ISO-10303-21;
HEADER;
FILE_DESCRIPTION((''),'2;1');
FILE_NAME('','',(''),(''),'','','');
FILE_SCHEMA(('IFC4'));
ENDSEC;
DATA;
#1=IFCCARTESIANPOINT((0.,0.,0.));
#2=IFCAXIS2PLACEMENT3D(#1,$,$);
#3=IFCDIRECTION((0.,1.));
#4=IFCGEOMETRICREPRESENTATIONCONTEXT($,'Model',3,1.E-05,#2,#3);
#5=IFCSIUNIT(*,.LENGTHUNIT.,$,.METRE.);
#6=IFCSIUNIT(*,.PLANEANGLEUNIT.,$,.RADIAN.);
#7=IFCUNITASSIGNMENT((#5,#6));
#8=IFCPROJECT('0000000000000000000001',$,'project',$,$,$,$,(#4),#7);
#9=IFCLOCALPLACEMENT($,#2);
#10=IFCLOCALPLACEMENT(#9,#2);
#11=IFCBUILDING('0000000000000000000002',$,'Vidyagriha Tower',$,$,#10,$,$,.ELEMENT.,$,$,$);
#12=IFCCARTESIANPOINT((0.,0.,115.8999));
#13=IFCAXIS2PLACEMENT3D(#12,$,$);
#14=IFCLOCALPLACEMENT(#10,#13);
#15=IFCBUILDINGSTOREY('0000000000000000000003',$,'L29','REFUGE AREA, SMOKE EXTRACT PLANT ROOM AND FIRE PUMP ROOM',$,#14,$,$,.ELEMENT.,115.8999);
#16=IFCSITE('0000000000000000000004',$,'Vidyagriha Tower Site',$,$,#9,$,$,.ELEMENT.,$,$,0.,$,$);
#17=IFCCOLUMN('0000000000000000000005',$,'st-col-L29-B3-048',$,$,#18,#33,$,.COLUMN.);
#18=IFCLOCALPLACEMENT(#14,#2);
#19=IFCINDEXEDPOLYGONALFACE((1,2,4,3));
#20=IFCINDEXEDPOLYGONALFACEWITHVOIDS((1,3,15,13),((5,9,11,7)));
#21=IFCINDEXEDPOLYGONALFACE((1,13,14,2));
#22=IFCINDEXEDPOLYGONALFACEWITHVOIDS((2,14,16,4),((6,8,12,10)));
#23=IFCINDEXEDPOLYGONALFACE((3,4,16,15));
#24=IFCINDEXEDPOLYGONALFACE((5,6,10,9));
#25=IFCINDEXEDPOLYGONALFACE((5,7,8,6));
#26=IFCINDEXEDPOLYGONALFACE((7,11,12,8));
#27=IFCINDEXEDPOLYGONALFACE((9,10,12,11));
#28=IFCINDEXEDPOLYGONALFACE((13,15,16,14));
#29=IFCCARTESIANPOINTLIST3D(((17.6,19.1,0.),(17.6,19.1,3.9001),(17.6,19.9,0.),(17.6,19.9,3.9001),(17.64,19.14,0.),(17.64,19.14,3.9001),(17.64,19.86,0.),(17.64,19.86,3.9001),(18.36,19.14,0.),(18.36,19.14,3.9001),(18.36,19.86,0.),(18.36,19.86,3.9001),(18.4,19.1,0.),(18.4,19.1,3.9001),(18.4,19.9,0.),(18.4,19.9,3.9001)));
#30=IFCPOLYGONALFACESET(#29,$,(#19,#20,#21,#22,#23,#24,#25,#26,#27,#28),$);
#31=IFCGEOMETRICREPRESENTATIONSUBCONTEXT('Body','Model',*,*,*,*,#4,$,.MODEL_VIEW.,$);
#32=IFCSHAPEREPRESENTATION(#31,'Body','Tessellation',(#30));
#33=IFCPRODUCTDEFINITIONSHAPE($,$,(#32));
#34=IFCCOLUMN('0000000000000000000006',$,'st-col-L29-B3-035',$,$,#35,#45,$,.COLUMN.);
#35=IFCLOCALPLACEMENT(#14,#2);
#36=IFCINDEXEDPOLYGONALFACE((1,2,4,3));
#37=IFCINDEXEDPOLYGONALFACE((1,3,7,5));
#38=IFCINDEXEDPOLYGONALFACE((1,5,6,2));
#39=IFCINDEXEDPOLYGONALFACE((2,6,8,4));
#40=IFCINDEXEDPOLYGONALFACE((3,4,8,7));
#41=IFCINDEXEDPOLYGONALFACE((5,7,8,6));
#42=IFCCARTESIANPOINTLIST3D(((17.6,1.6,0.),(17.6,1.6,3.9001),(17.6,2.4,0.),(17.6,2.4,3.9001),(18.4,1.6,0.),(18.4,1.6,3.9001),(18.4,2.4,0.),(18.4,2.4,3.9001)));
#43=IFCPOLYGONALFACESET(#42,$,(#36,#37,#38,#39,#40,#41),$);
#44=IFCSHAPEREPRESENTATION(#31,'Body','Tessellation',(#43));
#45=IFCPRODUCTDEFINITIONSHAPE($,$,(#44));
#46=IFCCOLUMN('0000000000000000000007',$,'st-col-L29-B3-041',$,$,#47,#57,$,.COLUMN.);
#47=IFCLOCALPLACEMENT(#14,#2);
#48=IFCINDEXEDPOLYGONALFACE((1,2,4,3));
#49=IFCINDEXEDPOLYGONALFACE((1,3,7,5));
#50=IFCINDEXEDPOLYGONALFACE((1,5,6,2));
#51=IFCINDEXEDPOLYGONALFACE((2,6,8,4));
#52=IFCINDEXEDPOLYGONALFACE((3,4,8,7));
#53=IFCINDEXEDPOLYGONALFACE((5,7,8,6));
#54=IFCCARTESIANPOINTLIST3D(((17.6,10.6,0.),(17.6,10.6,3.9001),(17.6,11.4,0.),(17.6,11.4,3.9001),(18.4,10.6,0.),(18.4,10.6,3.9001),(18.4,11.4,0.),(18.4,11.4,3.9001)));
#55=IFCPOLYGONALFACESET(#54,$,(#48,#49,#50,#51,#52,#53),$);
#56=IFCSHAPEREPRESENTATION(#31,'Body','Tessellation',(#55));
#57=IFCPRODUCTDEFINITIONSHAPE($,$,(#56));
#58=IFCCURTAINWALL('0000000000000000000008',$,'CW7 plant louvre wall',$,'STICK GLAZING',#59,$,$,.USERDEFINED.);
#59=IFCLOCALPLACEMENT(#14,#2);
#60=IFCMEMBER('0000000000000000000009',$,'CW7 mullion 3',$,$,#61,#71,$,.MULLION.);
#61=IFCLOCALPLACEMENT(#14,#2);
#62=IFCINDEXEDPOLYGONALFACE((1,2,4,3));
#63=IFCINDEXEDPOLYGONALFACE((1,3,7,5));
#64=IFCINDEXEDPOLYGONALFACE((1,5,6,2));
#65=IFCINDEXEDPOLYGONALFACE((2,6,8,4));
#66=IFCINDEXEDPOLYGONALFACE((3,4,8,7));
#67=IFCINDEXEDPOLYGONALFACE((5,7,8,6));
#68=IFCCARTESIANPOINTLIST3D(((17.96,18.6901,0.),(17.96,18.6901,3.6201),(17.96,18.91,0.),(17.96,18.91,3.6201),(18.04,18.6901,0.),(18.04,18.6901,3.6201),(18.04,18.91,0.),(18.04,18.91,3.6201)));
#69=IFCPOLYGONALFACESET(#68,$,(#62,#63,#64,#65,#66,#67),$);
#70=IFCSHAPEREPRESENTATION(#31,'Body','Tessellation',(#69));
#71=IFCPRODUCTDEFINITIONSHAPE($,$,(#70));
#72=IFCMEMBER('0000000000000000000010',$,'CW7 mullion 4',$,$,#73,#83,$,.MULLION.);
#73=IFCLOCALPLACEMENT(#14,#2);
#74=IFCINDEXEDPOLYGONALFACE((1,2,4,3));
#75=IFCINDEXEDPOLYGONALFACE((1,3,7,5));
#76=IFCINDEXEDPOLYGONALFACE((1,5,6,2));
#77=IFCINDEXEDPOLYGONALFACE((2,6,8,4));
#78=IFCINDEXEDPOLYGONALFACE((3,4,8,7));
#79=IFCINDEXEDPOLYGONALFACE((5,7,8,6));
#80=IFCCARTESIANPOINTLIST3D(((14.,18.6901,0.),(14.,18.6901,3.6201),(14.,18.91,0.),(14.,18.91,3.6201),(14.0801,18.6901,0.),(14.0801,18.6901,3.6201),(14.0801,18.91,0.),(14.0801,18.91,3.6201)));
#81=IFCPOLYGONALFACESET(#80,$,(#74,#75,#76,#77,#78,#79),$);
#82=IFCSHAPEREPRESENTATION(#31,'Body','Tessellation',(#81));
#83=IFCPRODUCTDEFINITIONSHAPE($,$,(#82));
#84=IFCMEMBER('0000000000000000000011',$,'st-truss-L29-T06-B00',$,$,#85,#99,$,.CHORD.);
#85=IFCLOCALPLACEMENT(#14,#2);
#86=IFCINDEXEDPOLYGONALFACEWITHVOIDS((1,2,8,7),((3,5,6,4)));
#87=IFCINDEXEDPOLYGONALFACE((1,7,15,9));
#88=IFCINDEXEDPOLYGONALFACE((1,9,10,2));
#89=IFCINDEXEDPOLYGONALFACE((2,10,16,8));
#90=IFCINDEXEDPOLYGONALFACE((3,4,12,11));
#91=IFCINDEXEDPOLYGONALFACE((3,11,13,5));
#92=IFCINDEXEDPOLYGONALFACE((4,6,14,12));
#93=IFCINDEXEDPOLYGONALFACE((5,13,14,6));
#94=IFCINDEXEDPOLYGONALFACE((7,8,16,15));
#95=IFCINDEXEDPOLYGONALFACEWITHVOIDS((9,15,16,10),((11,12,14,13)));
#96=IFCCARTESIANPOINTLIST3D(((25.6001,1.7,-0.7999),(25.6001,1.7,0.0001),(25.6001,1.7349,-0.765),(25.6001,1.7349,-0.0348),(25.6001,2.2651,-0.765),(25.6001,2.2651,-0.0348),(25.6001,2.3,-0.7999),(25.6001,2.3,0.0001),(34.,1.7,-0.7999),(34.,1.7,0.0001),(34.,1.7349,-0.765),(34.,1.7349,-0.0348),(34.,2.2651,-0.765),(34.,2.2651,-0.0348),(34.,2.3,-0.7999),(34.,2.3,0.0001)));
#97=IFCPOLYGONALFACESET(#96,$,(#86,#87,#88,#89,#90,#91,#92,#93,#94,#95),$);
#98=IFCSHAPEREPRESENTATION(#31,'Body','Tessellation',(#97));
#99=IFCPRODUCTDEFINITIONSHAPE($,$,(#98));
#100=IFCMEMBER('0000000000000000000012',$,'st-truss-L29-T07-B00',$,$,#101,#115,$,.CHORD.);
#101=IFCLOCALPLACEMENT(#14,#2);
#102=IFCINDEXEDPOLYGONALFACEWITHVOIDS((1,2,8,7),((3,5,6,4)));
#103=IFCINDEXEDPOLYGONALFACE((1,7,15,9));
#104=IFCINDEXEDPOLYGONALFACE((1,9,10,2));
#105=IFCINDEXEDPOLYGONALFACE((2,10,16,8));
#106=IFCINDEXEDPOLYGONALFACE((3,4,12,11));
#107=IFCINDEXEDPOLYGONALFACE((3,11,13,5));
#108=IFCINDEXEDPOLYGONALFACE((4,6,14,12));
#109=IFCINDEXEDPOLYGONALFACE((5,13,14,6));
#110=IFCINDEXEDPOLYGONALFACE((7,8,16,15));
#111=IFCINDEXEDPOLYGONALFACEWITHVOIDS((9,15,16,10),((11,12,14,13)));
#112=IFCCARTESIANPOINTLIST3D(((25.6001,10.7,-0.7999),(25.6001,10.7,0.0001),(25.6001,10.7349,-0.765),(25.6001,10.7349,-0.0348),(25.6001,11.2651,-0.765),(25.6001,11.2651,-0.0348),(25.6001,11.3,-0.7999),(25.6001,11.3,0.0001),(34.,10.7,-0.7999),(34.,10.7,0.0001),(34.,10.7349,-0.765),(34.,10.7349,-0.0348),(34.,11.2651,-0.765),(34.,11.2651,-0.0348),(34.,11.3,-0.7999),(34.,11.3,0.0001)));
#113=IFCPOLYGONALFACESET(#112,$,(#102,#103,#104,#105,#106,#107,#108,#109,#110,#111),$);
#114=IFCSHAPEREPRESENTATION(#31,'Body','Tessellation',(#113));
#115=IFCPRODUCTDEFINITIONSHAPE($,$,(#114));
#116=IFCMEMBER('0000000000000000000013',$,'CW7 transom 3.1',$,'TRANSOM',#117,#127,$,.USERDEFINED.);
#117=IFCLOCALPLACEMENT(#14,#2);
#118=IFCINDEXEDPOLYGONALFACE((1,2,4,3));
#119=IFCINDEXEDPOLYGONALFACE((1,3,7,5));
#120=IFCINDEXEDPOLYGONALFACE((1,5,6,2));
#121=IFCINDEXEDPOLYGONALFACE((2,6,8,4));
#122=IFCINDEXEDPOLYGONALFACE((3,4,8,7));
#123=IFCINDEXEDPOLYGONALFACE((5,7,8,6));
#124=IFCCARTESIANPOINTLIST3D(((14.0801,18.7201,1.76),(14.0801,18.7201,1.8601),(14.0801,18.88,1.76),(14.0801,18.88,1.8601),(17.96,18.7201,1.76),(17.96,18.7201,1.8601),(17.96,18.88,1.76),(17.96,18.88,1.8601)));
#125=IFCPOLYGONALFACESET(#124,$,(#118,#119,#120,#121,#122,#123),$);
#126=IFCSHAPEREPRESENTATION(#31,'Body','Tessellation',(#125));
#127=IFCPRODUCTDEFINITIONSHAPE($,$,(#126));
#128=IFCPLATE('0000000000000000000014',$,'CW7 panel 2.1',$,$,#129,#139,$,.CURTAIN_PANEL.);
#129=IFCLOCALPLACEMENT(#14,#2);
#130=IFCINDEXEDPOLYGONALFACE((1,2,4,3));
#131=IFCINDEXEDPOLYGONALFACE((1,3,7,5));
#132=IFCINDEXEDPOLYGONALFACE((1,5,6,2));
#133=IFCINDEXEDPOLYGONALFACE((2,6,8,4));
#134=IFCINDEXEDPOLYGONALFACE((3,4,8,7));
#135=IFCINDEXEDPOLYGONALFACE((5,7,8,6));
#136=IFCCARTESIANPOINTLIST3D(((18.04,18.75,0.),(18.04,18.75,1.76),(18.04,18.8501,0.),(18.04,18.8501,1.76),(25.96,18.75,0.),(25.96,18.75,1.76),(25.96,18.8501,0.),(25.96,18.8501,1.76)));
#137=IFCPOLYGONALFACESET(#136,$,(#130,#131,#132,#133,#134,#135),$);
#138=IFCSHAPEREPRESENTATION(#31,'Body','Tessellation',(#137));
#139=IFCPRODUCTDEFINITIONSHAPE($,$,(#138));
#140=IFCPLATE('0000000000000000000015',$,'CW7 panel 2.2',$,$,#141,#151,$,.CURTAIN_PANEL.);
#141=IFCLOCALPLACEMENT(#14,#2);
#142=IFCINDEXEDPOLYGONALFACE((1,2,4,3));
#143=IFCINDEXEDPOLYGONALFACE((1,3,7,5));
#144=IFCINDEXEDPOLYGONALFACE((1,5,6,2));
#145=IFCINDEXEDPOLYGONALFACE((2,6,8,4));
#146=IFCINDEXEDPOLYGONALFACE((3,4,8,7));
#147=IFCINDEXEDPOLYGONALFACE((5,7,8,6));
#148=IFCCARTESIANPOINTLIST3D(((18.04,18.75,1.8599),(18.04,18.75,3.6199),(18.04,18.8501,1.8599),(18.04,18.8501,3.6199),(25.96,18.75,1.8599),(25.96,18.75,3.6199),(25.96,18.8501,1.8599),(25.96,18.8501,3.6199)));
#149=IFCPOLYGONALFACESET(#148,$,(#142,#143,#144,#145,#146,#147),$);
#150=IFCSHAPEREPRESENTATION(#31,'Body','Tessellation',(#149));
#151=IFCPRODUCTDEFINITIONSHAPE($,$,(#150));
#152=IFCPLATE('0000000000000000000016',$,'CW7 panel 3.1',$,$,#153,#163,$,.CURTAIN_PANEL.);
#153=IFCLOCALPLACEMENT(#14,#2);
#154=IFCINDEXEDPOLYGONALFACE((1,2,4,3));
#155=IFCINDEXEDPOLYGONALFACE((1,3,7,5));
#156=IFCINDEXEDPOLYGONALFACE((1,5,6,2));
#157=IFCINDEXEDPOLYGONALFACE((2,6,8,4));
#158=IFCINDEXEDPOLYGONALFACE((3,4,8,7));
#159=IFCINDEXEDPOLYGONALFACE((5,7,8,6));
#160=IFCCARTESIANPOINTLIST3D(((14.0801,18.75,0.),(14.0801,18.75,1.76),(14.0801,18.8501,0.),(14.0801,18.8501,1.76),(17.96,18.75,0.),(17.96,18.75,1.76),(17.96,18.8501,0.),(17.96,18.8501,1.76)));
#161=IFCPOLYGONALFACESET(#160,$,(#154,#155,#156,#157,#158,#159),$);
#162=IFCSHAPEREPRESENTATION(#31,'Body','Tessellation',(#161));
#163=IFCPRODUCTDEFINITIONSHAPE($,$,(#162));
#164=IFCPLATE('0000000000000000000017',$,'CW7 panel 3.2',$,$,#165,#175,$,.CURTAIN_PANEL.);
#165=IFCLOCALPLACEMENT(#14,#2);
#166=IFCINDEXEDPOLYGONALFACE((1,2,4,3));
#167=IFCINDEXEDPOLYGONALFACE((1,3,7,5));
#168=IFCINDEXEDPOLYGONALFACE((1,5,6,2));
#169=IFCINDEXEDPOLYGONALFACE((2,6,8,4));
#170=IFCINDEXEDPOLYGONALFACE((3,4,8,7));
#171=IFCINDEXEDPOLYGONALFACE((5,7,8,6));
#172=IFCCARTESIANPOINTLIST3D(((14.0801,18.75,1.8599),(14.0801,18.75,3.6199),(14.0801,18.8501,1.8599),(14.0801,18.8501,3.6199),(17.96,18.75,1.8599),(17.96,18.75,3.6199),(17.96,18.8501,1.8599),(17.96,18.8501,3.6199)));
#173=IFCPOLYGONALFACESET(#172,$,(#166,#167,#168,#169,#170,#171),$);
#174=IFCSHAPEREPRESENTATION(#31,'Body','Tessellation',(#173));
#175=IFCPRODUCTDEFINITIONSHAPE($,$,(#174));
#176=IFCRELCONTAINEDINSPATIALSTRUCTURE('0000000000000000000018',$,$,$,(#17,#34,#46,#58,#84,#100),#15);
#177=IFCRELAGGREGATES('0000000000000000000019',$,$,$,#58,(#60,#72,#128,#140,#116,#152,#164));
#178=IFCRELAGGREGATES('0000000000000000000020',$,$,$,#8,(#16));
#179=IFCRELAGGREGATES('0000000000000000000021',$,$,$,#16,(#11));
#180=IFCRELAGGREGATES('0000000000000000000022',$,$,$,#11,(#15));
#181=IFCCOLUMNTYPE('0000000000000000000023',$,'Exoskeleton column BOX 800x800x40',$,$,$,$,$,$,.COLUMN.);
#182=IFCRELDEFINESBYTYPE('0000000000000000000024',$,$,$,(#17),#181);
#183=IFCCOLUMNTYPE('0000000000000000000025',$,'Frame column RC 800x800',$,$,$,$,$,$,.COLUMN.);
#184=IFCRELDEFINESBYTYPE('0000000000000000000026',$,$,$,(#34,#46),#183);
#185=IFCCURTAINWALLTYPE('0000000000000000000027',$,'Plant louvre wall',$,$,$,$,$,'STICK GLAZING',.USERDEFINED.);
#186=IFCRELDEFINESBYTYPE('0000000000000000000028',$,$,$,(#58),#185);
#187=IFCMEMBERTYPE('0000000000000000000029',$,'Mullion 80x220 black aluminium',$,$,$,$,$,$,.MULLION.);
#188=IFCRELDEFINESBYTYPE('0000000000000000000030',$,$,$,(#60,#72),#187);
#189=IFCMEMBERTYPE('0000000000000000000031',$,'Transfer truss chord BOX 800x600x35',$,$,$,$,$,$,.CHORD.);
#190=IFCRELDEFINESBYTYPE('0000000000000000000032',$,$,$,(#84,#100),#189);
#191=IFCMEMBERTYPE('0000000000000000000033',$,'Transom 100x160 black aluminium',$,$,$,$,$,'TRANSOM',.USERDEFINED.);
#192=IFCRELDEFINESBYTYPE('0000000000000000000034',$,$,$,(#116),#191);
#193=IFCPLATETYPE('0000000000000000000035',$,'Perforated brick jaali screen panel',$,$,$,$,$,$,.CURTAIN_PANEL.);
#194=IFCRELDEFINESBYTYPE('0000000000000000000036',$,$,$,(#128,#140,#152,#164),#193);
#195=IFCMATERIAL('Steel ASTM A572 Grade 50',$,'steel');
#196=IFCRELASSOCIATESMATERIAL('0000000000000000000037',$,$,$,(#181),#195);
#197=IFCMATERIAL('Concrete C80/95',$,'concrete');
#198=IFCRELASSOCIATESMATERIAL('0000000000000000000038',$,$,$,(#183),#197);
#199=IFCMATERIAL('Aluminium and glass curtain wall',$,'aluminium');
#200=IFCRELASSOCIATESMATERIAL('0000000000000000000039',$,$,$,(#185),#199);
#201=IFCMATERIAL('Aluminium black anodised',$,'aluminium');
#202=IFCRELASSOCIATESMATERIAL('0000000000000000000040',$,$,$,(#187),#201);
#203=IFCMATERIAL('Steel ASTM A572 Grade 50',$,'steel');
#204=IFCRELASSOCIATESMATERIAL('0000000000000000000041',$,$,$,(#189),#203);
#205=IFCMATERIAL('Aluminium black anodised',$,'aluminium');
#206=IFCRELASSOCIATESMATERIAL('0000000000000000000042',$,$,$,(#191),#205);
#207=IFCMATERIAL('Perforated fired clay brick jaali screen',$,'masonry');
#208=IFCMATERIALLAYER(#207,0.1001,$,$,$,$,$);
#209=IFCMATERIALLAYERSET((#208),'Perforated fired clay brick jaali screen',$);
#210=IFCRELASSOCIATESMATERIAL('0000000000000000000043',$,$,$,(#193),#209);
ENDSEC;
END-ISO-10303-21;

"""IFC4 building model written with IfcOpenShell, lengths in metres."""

from ifc_helpers import new_model, si_unit, direction, frame, origin, origin_2d, place, context, subcontext, project, spatial, rectangle, hollow_rectangle, extrude, material, layer, layer_set, material_profile, profile_set, type_object, element, aggregate, save


model = new_model("IFC4")

# Units and contexts
model_context = context("Model", 3, precision=1e-05, world=origin(), true_north=direction((0.0, 1.0)))
body_context = subcontext(model_context, "Body", "Model", "MODEL_VIEW")
ifc_project = project(units=[si_unit("LENGTHUNIT", "METRE"), si_unit("PLANEANGLEUNIT", "RADIAN")], contexts=[model_context])

# Site, building, storey
site_placement = place(None, origin())
site = spatial("IfcSite", under=ifc_project, at=site_placement, Name="Vidyagriha Tower Site", CompositionType="ELEMENT", RefElevation=0.0)
building_placement = place(site_placement, origin())
building = spatial("IfcBuilding", under=site, at=building_placement, Name="Vidyagriha Tower", CompositionType="ELEMENT")
storey_placement = place(building_placement, frame((0.0, 0.0, 115.8999)))
storey = spatial("IfcBuildingStorey", under=building, at=storey_placement, Name="L29", Description="REFUGE AREA, SMOKE EXTRACT PLANT ROOM AND FIRE PUMP ROOM", CompositionType="ELEMENT", Elevation=115.8999)

# Columns
ifc_material_1 = material(Name="Steel ASTM A572 Grade 50", Category="steel")
ifc_material_profile_1 = material_profile(ifc_material_1, hollow_rectangle(XDim=0.8, YDim=0.8, WallThickness=0.04, at=origin_2d()), Name="BOX 800x800x40")
ifc_profile_set_1 = profile_set([ifc_material_profile_1], Name="Steel ASTM A572 Grade 50")
column_type_1 = type_object("IfcColumnType", Name="Exoskeleton column BOX 800x800x40", PredefinedType="COLUMN", material=ifc_profile_set_1)
column_placement = place(storey_placement, frame((18.0, 19.5, 0.0)))
element("IfcColumn", 1, at=column_placement, inside=storey, type_object=column_type_1, Name="st-col-L29-B3-048", PredefinedType="COLUMN", context=body_context, shape_type="SweptSolid", body=[
    extrude(hollow_rectangle(XDim=0.8, YDim=0.8, WallThickness=0.04, at=origin_2d()), origin(), (0.0, 0.0, 1.0), 3.9001),
])
ifc_material_2 = material(Name="Concrete C80/95", Category="concrete")
ifc_material_profile_2 = material_profile(ifc_material_2, rectangle(XDim=0.8, YDim=0.8, at=origin_2d()), Name="RC 800x800")
ifc_profile_set_2 = profile_set([ifc_material_profile_2], Name="Concrete C80/95")
column_type_2 = type_object("IfcColumnType", Name="Frame column RC 800x800", PredefinedType="COLUMN", material=ifc_profile_set_2)
for number, where, name in (
    (2, (18.0, 2.0, 0.0), "st-col-L29-B3-035"),
    (3, (18.0, 11.0, 0.0), "st-col-L29-B3-041"),
):
    element("IfcColumn", number, at=place(storey_placement, frame(where)), inside=storey, type_object=column_type_2, Name=name, PredefinedType="COLUMN", context=body_context, shape_type="SweptSolid", body=[
        extrude(rectangle(XDim=0.8, YDim=0.8, at=origin_2d()), origin(), (0.0, 0.0, 1.0), 3.9001),
    ])

# Curtain wall, members
ifc_material_3 = material(Name="Aluminium and glass curtain wall", Category="aluminium")
curtain_wall_type = type_object("IfcCurtainWallType", Name="Plant louvre wall", ElementType="STICK GLAZING", PredefinedType="USERDEFINED", material=ifc_material_3)
curtain_wall_placement = place(storey_placement, origin())
curtain_wall = element("IfcCurtainWall", 4, at=curtain_wall_placement, inside=storey, type_object=curtain_wall_type, Name="CW7 plant louvre wall", ObjectType="STICK GLAZING", PredefinedType="USERDEFINED")
ifc_material_4 = material(Name="Aluminium black anodised", Category="aluminium")
ifc_material_profile_3 = material_profile(ifc_material_4, rectangle(XDim=0.22, YDim=0.0801, at=origin_2d()), Name="Mullion 80x220 black aluminium")
ifc_profile_set_3 = profile_set([ifc_material_profile_3], Name="Aluminium black anodised")
member_type_1 = type_object("IfcMemberType", Name="Mullion 80x220 black aluminium", PredefinedType="MULLION", material=ifc_profile_set_3)
member_1_placement = place(storey_placement, frame((18.0, 18.8, 0.0), z_axis=(0.0, 0.0, 1.0), x_axis=(0.0, -1.0, 0.0)))
member_1 = element("IfcMember", 5, at=member_1_placement, type_object=member_type_1, Name="CW7 mullion 3", PredefinedType="MULLION", context=body_context, shape_type="SweptSolid", body=[
    extrude(rectangle(XDim=0.22, YDim=0.0801, at=origin_2d()), origin(), (0.0, 0.0, 1.0), 3.6201),
])
member_2_placement = place(storey_placement, frame((14.04, 18.8, 0.0), z_axis=(0.0, 0.0, 1.0), x_axis=(0.0, -1.0, 0.0)))
member_2 = element("IfcMember", 6, at=member_2_placement, type_object=member_type_1, Name="CW7 mullion 4", PredefinedType="MULLION", context=body_context, shape_type="SweptSolid", body=[
    extrude(rectangle(XDim=0.22, YDim=0.0801, at=origin_2d()), origin(), (0.0, 0.0, 1.0), 3.6201),
])

# Members
ifc_material_5 = material(Name="Steel ASTM A572 Grade 50", Category="steel")
ifc_material_profile_4 = material_profile(ifc_material_5, hollow_rectangle(XDim=0.6001, YDim=0.8, WallThickness=0.0349, at=origin_2d()), Name="BOX 800x600x35")
ifc_profile_set_4 = profile_set([ifc_material_profile_4], Name="Steel ASTM A572 Grade 50")
member_type_2 = type_object("IfcMemberType", Name="Transfer truss chord BOX 800x600x35", PredefinedType="CHORD", material=ifc_profile_set_4)
for number, where, z_axis, x_axis, name in (
    (7, (25.6001, 2.0, -0.3999), (1.0, 0.0, 0.0), (0.0, 1.0, 0.0), "st-truss-L29-T06-B00"),
    (8, (25.6001, 11.0, -0.3999), (1.0, 0.0, 0.0), (0.0, 1.0, 0.0), "st-truss-L29-T07-B00"),
):
    element("IfcMember", number, at=place(storey_placement, frame(where, z_axis=z_axis, x_axis=x_axis)), inside=storey, type_object=member_type_2, Name=name, PredefinedType="CHORD", context=body_context, shape_type="SweptSolid", body=[
        extrude(hollow_rectangle(XDim=0.6001, YDim=0.8, WallThickness=0.0349, at=origin_2d()), origin(), (0.0, 0.0, 1.0), 8.3999),
    ])

# Member
ifc_material_6 = material(Name="Aluminium black anodised", Category="aluminium")
ifc_material_profile_5 = material_profile(ifc_material_6, rectangle(XDim=0.1599, YDim=0.1001, at=origin_2d()), Name="Transom 100x160 black aluminium")
ifc_profile_set_5 = profile_set([ifc_material_profile_5], Name="Aluminium black anodised")
member_type_3 = type_object("IfcMemberType", Name="Transom 100x160 black aluminium", ElementType="TRANSOM", PredefinedType="USERDEFINED", material=ifc_profile_set_5)
member_3_placement = place(storey_placement, frame((17.96, 18.8, 1.8101), z_axis=(-1.0, 0.0, 0.0), x_axis=(0.0, -1.0, 0.0)))
member_3 = element("IfcMember", 9, at=member_3_placement, type_object=member_type_3, Name="CW7 transom 3.1", ObjectType="TRANSOM", PredefinedType="USERDEFINED", context=body_context, shape_type="SweptSolid", body=[
    extrude(rectangle(XDim=0.1599, YDim=0.1001, at=origin_2d()), origin(), (0.0, 0.0, 1.0), 3.8799),
])

# Plates
ifc_material_7 = material(Name="Perforated fired clay brick jaali screen", Category="masonry")
ifc_layer_1 = layer(ifc_material_7, 0.1001)
ifc_layer_set_1 = layer_set([ifc_layer_1], Name="Perforated fired clay brick jaali screen")
plate_type = type_object("IfcPlateType", Name="Perforated brick jaali screen panel", PredefinedType="CURTAIN_PANEL", material=ifc_layer_set_1)
plate_1_placement = place(storey_placement, frame((22.0, 18.8, 0.0), z_axis=(0.0, 0.0, 1.0), x_axis=(-1.0, 0.0, 0.0)))
plate_1 = element("IfcPlate", 10, at=plate_1_placement, type_object=plate_type, Name="CW7 panel 2.1", PredefinedType="CURTAIN_PANEL", context=body_context, shape_type="SweptSolid", body=[
    extrude(rectangle(XDim=7.9199, YDim=0.1001, at=origin_2d()), origin(), (0.0, 0.0, 1.0), 1.76),
])
plate_2_placement = place(storey_placement, frame((22.0, 18.8, 1.8599), z_axis=(0.0, 0.0, 1.0), x_axis=(-1.0, 0.0, 0.0)))
plate_2 = element("IfcPlate", 11, at=plate_2_placement, type_object=plate_type, Name="CW7 panel 2.2", PredefinedType="CURTAIN_PANEL", context=body_context, shape_type="SweptSolid", body=[
    extrude(rectangle(XDim=7.9199, YDim=0.1001, at=origin_2d()), origin(), (0.0, 0.0, 1.0), 1.76),
])
plate_3_placement = place(storey_placement, frame((16.02, 18.8, 0.0), z_axis=(0.0, 0.0, 1.0), x_axis=(-1.0, 0.0, 0.0)))
plate_3 = element("IfcPlate", 12, at=plate_3_placement, type_object=plate_type, Name="CW7 panel 3.1", PredefinedType="CURTAIN_PANEL", context=body_context, shape_type="SweptSolid", body=[
    extrude(rectangle(XDim=3.8799, YDim=0.1001, at=origin_2d()), origin(), (0.0, 0.0, 1.0), 1.76),
])
plate_4_placement = place(storey_placement, frame((16.02, 18.8, 1.8599), z_axis=(0.0, 0.0, 1.0), x_axis=(-1.0, 0.0, 0.0)))
plate_4 = element("IfcPlate", 13, at=plate_4_placement, type_object=plate_type, Name="CW7 panel 3.2", PredefinedType="CURTAIN_PANEL", context=body_context, shape_type="SweptSolid", body=[
    extrude(rectangle(XDim=3.8799, YDim=0.1001, at=origin_2d()), origin(), (0.0, 0.0, 1.0), 1.76),
])
aggregate(curtain_wall, [member_1, member_2, plate_1, plate_2, member_3, plate_3, plate_4])

save(model, "model.ifc")
